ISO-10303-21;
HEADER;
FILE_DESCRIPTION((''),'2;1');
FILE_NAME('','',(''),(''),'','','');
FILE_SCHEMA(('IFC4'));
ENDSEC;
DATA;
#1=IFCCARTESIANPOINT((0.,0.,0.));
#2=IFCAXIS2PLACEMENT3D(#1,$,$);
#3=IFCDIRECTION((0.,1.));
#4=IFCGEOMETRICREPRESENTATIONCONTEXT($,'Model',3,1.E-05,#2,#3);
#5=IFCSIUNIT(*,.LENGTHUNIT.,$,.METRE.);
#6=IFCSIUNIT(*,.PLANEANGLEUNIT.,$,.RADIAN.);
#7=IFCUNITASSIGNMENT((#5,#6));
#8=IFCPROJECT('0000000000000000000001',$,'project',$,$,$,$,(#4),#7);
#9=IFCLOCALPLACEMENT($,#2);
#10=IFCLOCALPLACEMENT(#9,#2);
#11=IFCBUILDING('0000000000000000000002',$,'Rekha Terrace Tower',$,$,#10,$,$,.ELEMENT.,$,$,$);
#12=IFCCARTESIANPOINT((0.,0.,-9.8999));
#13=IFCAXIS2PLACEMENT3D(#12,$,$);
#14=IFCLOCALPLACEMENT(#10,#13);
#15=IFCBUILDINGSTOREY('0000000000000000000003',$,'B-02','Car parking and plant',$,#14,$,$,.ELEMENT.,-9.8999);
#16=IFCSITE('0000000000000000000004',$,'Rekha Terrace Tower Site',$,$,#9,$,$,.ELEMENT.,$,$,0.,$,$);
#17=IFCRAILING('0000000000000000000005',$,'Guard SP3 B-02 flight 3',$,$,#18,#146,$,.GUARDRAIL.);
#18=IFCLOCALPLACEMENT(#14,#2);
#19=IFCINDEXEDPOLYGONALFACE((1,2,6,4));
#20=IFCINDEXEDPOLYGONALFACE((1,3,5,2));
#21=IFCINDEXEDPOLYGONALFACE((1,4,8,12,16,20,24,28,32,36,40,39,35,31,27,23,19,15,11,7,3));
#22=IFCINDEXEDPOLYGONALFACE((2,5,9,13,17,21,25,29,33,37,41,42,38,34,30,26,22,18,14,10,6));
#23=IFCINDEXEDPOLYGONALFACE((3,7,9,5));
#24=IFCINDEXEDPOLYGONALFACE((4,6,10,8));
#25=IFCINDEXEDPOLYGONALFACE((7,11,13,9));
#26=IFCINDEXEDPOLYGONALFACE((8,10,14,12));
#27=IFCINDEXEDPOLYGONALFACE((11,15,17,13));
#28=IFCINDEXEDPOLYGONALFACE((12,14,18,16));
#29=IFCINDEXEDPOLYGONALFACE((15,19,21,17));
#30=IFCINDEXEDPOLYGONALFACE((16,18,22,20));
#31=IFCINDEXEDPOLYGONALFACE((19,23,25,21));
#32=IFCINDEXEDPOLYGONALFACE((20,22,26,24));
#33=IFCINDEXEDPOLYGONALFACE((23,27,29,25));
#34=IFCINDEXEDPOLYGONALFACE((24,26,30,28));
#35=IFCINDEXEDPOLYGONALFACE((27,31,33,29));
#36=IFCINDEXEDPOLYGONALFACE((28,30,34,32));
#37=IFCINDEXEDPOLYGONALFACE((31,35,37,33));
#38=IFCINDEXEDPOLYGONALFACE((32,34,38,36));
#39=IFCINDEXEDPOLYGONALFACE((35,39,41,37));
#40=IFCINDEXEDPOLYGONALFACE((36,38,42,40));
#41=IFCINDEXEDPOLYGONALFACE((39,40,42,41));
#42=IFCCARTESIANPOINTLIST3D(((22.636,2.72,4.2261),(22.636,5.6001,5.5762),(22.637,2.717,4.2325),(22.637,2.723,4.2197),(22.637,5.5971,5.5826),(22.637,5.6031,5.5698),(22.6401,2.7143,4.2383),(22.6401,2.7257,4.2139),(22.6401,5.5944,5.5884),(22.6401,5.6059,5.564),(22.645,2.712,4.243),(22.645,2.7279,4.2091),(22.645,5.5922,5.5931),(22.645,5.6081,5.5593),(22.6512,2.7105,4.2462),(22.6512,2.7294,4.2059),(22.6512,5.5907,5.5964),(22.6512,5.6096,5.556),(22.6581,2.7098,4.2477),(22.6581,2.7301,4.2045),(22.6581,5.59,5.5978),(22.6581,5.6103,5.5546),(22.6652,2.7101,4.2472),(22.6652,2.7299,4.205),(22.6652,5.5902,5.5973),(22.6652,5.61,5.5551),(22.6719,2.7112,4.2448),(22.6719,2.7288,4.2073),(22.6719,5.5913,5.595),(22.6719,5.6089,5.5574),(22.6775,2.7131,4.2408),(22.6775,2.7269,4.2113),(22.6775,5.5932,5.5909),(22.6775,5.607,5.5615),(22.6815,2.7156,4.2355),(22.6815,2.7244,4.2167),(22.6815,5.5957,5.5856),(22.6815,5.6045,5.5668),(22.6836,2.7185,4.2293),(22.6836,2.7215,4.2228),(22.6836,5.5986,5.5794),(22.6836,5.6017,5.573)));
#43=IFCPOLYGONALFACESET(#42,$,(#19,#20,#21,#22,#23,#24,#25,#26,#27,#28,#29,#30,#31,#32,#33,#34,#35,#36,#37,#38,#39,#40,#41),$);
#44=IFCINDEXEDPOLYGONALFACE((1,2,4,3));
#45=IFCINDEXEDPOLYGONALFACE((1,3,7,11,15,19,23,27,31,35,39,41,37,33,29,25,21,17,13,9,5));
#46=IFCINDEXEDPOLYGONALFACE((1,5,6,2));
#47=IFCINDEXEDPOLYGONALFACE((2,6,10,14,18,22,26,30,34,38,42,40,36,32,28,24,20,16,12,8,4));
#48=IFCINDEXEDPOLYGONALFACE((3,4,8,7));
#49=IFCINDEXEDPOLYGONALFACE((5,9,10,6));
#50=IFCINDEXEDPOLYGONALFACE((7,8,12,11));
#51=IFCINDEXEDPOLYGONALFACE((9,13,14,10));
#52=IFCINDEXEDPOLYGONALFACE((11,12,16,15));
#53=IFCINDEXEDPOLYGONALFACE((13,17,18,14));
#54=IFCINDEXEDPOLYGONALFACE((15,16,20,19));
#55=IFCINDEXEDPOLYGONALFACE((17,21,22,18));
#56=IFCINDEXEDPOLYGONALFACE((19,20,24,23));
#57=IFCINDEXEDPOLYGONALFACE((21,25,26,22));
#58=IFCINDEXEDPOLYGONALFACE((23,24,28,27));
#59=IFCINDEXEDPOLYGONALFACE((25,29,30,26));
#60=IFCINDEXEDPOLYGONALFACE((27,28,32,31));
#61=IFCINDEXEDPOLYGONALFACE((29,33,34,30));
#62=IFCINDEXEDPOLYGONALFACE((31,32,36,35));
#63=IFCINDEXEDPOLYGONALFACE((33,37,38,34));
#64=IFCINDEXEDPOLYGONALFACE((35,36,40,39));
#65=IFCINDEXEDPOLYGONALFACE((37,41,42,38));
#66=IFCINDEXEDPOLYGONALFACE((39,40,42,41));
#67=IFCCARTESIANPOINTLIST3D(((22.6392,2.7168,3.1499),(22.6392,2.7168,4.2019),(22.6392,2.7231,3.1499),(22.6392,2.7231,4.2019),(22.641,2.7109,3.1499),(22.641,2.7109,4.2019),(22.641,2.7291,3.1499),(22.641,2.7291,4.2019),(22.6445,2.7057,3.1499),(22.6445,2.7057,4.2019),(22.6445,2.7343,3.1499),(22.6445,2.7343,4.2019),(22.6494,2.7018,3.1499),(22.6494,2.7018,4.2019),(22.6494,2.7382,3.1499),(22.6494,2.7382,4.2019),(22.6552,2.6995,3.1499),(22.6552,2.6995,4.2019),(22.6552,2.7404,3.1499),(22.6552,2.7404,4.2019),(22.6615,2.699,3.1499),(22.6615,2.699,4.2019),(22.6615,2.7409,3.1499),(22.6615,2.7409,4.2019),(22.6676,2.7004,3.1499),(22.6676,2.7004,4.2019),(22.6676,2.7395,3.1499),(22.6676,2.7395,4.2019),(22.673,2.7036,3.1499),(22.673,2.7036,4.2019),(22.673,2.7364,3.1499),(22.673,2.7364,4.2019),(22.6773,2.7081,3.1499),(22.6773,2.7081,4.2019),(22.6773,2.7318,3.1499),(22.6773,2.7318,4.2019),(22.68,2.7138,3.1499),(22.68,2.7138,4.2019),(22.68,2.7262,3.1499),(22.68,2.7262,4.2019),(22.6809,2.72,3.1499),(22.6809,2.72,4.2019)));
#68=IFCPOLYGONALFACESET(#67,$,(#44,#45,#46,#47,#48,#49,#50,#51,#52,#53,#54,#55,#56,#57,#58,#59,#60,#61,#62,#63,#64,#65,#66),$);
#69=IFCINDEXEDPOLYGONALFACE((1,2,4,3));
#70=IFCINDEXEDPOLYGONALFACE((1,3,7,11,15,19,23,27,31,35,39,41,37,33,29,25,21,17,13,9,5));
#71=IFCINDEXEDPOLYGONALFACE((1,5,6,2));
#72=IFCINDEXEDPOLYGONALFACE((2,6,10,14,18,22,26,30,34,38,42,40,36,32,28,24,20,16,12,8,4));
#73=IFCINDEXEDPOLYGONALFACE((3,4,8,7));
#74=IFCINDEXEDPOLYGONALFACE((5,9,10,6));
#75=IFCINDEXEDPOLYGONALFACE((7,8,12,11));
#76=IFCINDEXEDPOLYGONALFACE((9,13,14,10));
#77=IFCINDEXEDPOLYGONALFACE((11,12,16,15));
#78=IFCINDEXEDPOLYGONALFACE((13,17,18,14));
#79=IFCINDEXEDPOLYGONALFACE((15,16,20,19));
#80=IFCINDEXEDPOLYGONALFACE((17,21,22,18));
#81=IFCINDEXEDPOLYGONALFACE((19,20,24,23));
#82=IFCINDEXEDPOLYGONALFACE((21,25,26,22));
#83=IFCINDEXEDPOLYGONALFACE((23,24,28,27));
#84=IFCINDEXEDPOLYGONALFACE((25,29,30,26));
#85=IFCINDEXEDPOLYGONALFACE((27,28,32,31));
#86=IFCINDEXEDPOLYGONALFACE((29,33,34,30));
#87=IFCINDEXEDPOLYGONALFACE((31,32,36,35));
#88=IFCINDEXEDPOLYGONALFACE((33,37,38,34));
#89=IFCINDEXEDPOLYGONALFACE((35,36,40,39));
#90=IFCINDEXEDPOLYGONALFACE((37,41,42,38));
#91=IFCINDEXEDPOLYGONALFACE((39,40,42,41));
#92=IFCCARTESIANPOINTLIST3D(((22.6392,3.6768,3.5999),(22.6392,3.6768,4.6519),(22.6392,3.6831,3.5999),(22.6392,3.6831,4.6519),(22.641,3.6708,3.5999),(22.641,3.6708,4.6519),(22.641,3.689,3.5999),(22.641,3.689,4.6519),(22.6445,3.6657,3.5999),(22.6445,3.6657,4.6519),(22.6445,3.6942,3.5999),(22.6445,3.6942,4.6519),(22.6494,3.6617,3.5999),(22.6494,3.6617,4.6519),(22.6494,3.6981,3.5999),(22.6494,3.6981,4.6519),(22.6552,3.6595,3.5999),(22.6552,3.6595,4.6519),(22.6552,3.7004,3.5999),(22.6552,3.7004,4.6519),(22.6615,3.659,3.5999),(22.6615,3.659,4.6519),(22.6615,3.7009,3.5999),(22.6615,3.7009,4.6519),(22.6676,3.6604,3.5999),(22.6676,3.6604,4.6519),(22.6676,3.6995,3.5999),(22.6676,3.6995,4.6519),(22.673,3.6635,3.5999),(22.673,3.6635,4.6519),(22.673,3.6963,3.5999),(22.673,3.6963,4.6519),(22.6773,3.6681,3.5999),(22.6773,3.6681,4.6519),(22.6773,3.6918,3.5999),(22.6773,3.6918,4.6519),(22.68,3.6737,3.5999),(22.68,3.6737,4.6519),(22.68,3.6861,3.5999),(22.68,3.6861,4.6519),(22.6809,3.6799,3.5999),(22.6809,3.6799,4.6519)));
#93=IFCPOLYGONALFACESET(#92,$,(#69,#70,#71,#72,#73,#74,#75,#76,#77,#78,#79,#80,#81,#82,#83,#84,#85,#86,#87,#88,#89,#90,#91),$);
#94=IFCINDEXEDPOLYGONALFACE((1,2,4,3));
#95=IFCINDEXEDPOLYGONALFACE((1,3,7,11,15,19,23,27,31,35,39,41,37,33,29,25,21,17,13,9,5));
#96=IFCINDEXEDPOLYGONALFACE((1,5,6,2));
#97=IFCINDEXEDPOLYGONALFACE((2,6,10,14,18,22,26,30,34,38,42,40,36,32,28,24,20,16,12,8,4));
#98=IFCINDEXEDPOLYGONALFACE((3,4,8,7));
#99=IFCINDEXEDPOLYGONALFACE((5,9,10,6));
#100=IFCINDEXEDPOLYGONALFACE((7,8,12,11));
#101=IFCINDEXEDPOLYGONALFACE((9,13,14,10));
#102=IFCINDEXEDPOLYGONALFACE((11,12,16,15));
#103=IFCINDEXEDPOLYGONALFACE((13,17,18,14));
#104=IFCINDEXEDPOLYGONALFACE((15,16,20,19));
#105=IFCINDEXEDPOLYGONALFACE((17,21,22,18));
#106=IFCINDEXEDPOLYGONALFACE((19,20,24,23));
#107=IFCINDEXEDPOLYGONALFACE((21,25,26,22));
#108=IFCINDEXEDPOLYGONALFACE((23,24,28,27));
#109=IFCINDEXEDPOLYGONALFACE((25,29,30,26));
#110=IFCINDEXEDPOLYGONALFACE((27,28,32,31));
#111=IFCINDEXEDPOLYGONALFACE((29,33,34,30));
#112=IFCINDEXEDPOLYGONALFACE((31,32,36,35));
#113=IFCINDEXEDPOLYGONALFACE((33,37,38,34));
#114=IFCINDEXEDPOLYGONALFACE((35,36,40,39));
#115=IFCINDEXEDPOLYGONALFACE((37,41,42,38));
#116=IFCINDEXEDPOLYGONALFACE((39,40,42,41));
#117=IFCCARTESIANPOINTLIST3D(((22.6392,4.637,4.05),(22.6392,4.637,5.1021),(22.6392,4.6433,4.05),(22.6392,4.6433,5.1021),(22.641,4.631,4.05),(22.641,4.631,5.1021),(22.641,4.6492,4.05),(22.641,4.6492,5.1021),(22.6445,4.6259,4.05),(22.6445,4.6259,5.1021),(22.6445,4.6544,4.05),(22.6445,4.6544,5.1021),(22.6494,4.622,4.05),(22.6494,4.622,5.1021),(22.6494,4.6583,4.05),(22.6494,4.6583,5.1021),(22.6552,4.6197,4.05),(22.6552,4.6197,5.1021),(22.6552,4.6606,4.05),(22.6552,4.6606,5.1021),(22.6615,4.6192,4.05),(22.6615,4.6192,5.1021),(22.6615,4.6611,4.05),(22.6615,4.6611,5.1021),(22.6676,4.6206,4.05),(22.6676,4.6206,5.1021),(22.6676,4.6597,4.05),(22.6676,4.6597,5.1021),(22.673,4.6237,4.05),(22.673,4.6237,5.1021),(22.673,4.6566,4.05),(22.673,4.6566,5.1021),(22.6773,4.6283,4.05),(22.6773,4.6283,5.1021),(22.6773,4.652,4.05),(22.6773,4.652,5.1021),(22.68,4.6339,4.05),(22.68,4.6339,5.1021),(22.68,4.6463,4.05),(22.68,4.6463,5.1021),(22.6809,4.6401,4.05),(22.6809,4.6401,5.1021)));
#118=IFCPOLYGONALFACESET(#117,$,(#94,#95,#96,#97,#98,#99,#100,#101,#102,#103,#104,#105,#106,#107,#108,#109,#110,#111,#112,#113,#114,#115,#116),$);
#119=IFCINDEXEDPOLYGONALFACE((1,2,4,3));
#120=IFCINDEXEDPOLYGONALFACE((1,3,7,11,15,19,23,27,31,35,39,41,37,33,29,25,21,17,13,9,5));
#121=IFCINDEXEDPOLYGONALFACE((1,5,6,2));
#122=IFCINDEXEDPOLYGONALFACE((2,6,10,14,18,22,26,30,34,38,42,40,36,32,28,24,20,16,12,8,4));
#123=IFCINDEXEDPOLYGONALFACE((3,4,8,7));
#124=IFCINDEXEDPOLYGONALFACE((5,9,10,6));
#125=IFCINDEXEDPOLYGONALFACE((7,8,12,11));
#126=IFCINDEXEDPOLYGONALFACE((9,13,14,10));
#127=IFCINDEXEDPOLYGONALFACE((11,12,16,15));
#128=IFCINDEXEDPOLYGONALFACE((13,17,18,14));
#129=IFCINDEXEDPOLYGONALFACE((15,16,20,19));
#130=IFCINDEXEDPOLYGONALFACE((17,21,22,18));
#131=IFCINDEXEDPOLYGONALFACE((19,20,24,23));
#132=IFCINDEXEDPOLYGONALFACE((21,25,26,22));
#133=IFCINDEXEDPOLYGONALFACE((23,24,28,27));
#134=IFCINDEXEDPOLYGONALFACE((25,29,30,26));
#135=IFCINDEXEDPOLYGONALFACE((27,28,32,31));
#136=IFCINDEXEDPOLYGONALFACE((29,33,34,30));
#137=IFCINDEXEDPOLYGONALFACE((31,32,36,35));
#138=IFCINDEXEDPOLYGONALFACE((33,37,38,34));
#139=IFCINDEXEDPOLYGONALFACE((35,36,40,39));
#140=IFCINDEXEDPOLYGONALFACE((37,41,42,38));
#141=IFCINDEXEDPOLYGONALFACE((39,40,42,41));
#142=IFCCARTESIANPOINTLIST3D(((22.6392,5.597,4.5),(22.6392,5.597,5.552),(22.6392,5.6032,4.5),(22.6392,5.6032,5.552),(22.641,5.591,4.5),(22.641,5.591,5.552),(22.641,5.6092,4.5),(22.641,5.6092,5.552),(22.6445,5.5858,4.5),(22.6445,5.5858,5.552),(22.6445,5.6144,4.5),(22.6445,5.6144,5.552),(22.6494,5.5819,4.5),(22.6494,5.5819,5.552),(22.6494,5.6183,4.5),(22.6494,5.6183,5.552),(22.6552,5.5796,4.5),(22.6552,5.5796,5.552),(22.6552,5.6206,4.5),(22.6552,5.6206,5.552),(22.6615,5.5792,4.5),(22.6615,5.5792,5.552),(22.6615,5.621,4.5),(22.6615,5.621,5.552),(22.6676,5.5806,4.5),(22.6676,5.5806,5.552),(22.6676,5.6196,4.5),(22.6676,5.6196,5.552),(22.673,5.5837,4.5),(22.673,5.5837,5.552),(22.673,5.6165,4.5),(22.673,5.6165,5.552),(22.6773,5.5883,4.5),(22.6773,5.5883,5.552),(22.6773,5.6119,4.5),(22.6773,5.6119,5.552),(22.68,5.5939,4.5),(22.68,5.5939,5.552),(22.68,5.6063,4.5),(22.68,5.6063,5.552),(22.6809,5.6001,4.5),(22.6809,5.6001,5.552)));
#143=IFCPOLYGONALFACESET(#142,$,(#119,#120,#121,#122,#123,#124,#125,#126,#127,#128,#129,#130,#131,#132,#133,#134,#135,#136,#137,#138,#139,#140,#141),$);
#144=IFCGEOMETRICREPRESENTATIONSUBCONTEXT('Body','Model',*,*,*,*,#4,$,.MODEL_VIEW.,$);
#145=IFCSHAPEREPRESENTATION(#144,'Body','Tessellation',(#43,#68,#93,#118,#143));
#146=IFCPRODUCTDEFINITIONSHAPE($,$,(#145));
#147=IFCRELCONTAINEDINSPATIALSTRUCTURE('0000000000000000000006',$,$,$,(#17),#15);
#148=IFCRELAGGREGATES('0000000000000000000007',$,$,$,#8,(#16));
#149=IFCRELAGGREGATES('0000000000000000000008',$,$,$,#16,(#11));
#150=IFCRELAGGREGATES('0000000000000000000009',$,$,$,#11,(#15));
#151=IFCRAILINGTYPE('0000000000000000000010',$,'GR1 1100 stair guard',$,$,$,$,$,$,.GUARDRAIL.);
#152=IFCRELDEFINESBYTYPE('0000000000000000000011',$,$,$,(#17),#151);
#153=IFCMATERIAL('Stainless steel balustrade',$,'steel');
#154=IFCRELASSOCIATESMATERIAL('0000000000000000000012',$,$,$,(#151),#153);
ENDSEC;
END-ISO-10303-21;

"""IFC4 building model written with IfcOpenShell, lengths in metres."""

from ifc_helpers import new_model, si_unit, direction, frame, origin, origin_2d, place, context, subcontext, project, spatial, circle, extrude, material, type_object, element, save


model = new_model("IFC4")

# Units and contexts
model_context = context("Model", 3, precision=1e-05, world=origin(), true_north=direction((0.0, 1.0)))
body_context = subcontext(model_context, "Body", "Model", "MODEL_VIEW")
ifc_project = project(units=[si_unit("LENGTHUNIT", "METRE"), si_unit("PLANEANGLEUNIT", "RADIAN")], contexts=[model_context])

# Site, building, storey
site_placement = place(None, origin())
site = spatial("IfcSite", under=ifc_project, at=site_placement, Name="Rekha Terrace Tower Site", CompositionType="ELEMENT", RefElevation=0.0)
building_placement = place(site_placement, origin())
building = spatial("IfcBuilding", under=site, at=building_placement, Name="Rekha Terrace Tower", CompositionType="ELEMENT")
storey_placement = place(building_placement, frame((0.0, 0.0, -9.8999)))
storey = spatial("IfcBuildingStorey", under=building, at=storey_placement, Name="B-02", Description="Car parking and plant", CompositionType="ELEMENT", Elevation=-9.8999)

# Railing
ifc_material_1 = material(Name="Stainless steel balustrade", Category="steel")
railing_type_1 = type_object("IfcRailingType", Name="GR1 1100 stair guard", PredefinedType="GUARDRAIL", material=ifc_material_1)
railing_1_placement = place(storey_placement, frame((22.6599, 2.72, 3.1499)))
element("IfcRailing", 1, at=railing_1_placement, inside=storey, type_object=railing_type_1, Name="Guard SP3 B-02 flight 3", PredefinedType="GUARDRAIL", context=body_context, shape_type="SweptSolid", body=[
    extrude(circle(Radius=0.0239, at=origin_2d()), frame((0.0, 0.0, 1.0762), z_axis=(0.0, 0.905454, 0.424444), x_axis=(-1.0, 0.0, 0.0)), (0.0, 0.0, 1.0), 3.1809),
    extrude(circle(Radius=0.021, at=origin_2d()), origin(), (0.0, 0.0, 1.0), 1.052),
    extrude(circle(Radius=0.021, at=origin_2d()), frame((0.0, 0.96, 0.45)), (0.0, 0.0, 1.0), 1.052),
    extrude(circle(Radius=0.021, at=origin_2d()), frame((0.0, 1.9202, 0.9001)), (0.0, 0.0, 1.0), 1.052),
    extrude(circle(Radius=0.021, at=origin_2d()), frame((0.0, 2.8801, 1.3501)), (0.0, 0.0, 1.0), 1.052),
])

save(model, "model.ifc")
